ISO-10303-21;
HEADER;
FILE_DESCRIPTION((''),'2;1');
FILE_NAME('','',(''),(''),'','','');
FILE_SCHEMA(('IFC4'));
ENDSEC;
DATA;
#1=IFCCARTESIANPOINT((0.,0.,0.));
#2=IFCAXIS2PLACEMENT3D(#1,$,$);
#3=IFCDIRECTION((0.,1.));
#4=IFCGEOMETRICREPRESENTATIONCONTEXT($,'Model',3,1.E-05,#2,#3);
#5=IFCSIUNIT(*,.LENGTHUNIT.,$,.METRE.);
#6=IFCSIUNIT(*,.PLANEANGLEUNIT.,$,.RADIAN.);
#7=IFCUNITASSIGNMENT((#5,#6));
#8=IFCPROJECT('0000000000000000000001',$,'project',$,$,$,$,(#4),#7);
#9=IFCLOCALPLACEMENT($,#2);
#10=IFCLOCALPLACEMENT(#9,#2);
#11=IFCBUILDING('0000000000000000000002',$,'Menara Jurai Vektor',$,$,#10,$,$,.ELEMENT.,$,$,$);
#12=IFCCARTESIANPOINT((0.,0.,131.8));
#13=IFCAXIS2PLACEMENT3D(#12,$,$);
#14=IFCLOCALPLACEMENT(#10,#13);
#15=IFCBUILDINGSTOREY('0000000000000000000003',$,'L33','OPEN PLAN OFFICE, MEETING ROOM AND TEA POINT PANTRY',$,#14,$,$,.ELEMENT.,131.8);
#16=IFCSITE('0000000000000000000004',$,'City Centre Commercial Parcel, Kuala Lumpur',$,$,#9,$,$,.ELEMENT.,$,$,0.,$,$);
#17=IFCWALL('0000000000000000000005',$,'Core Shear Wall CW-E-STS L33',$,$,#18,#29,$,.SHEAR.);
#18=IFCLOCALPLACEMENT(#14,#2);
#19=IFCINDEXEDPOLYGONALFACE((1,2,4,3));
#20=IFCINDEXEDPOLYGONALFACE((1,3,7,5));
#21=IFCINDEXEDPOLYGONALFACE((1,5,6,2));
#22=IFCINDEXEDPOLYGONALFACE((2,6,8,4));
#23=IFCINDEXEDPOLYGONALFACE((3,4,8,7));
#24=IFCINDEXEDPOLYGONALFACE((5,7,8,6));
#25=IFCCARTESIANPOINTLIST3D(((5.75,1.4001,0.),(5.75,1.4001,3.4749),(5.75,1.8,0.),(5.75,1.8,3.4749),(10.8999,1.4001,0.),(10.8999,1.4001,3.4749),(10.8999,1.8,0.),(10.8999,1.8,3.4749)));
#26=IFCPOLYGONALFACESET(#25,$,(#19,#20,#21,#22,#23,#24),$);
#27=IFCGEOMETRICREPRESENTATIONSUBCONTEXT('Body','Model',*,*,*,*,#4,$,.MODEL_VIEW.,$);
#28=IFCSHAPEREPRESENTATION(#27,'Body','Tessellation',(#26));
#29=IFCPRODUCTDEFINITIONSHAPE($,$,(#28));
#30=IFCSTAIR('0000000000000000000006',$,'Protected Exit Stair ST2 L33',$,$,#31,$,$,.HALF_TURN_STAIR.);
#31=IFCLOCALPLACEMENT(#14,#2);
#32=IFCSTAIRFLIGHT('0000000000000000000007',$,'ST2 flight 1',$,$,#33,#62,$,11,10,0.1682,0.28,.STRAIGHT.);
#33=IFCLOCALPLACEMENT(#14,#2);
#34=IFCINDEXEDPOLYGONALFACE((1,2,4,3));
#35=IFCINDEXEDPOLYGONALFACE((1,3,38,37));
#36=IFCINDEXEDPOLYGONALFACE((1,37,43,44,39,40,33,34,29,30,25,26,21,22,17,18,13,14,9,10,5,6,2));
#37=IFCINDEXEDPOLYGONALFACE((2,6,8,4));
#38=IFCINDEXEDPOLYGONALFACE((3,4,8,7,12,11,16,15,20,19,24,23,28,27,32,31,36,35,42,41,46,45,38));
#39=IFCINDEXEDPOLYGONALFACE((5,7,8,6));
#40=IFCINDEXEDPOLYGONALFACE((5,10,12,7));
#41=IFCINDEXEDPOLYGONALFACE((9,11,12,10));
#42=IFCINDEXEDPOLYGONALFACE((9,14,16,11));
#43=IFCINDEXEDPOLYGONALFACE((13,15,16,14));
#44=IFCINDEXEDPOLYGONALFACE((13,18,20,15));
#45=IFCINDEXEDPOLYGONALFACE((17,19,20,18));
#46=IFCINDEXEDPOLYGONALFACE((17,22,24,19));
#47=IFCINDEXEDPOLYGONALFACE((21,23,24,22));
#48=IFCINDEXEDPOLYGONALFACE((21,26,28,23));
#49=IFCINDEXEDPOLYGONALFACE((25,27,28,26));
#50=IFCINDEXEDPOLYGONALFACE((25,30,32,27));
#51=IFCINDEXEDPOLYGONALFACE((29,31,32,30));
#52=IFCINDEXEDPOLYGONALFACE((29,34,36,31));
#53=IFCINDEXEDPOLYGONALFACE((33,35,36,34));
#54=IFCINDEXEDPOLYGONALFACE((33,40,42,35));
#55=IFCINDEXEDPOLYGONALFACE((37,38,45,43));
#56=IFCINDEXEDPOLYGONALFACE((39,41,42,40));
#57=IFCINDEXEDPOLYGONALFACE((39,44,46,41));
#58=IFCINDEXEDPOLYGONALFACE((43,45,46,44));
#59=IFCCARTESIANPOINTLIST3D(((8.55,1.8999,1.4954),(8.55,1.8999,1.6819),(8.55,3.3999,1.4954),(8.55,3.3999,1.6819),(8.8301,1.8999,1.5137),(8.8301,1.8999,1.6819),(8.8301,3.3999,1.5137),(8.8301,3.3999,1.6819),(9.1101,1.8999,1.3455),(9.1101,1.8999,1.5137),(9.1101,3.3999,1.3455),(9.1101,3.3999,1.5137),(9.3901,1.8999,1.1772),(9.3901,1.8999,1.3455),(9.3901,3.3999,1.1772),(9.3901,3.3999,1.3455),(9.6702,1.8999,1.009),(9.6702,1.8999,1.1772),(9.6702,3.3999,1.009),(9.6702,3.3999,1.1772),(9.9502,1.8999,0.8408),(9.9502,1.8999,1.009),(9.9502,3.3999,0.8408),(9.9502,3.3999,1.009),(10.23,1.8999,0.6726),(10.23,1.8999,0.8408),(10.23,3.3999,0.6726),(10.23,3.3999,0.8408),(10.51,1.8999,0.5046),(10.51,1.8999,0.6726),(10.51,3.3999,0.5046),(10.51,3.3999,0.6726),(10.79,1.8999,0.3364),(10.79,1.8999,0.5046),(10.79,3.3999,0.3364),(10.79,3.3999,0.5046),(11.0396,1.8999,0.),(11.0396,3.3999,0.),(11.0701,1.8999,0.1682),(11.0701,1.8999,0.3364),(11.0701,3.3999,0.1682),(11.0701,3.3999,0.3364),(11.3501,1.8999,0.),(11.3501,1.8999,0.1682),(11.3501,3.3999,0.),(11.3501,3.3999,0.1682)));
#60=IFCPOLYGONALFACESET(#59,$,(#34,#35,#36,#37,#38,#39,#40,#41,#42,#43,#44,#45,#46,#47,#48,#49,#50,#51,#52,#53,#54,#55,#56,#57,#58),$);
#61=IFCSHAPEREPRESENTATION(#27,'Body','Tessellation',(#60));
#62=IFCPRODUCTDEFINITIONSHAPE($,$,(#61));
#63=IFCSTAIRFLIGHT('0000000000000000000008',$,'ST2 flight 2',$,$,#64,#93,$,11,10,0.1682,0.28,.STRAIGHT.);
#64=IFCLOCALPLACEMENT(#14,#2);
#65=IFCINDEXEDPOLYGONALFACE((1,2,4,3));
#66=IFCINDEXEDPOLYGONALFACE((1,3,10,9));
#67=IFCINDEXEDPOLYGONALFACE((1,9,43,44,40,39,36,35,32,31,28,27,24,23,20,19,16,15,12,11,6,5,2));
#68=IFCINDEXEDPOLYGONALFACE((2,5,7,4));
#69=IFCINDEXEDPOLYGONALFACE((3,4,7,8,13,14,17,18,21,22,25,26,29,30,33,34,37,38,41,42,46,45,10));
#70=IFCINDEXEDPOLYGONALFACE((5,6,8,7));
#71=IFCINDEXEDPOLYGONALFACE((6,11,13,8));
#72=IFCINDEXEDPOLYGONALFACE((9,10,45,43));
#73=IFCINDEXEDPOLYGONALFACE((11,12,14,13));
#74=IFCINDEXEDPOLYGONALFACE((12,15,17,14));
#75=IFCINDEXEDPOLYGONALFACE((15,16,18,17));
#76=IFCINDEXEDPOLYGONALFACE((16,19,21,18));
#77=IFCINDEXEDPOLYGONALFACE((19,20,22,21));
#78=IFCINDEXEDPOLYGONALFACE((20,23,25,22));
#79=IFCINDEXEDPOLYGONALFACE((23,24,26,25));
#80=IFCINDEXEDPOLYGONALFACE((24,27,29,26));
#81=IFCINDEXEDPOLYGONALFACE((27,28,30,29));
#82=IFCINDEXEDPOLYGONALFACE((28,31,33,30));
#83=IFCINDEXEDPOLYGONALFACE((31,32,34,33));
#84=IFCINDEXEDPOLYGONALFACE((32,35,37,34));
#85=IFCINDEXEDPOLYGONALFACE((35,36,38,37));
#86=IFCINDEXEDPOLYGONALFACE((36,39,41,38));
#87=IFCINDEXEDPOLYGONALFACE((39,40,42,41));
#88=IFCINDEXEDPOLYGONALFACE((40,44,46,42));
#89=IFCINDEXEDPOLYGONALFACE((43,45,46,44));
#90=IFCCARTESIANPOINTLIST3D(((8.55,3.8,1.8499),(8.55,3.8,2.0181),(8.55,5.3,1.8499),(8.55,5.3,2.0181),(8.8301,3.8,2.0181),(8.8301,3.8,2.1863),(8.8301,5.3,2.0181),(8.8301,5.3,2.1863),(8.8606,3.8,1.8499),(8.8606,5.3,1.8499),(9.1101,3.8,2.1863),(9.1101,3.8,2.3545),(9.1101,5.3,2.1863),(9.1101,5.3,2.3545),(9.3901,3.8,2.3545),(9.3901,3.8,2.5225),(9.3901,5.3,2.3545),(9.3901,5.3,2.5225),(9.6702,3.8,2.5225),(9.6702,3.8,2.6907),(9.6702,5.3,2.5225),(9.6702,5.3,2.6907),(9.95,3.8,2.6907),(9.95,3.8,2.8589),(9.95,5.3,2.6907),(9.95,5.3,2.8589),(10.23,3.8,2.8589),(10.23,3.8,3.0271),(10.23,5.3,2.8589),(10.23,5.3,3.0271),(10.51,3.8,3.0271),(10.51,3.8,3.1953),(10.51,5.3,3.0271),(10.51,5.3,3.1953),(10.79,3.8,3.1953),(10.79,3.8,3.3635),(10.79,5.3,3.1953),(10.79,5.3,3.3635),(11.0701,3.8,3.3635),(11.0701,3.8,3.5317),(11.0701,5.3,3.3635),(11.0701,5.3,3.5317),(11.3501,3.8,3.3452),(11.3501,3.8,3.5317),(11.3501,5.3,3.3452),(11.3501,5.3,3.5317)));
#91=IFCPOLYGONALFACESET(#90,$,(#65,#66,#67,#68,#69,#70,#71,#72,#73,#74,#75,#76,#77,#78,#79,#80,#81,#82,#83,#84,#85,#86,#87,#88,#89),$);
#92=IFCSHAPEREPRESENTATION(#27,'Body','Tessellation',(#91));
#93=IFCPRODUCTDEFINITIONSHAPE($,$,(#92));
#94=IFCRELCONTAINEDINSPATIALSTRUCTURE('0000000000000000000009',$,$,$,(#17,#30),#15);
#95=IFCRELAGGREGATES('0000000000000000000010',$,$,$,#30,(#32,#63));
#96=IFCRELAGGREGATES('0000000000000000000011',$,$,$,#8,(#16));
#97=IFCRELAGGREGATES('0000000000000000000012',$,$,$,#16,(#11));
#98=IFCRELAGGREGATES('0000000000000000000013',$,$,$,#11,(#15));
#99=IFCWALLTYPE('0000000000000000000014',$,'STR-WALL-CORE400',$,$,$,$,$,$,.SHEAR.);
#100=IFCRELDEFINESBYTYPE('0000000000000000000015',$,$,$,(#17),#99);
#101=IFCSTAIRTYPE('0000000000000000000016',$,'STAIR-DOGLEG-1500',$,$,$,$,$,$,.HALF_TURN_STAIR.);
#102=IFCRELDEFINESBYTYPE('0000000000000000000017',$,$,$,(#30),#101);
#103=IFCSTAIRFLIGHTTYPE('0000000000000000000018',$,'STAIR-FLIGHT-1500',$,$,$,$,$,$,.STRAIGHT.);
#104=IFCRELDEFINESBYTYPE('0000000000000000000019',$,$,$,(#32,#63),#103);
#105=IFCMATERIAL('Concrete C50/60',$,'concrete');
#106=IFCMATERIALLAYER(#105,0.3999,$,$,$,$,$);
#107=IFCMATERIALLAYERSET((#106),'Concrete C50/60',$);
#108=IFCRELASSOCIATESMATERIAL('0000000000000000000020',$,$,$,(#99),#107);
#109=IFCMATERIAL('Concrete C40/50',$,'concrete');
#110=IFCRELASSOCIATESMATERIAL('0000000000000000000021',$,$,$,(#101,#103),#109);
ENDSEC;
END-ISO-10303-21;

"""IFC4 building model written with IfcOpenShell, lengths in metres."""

from ifc_helpers import new_model, si_unit, direction, frame, frame_2d, origin, place, context, subcontext, project, spatial, polyline, rectangle, outline, extrude, material, layer, layer_set, type_object, element, aggregate, save


model = new_model("IFC4")

# Units and contexts
model_context = context("Model", 3, precision=1e-05, world=origin(), true_north=direction((0.0, 1.0)))
body_context = subcontext(model_context, "Body", "Model", "MODEL_VIEW")
ifc_project = project(units=[si_unit("LENGTHUNIT", "METRE"), si_unit("PLANEANGLEUNIT", "RADIAN")], contexts=[model_context])

# Site, building, storey
site_placement = place(None, origin())
site = spatial("IfcSite", under=ifc_project, at=site_placement, Name="City Centre Commercial Parcel, Kuala Lumpur", CompositionType="ELEMENT", RefElevation=0.0)
building_placement = place(site_placement, origin())
building = spatial("IfcBuilding", under=site, at=building_placement, Name="Menara Jurai Vektor", CompositionType="ELEMENT")
storey_placement = place(building_placement, frame((0.0, 0.0, 131.8)))
storey = spatial("IfcBuildingStorey", under=building, at=storey_placement, Name="L33", Description="OPEN PLAN OFFICE, MEETING ROOM AND TEA POINT PANTRY", CompositionType="ELEMENT", Elevation=131.8)

# Shared definitions
ifc_material_1 = material(Name="Concrete C50/60", Category="concrete")

# Shared definitions
ifc_material_2 = material(Name="Concrete C40/50", Category="concrete")

# Wall
ifc_layer_1 = layer(ifc_material_1, 0.3999)
ifc_layer_set_1 = layer_set([ifc_layer_1], Name="Concrete C50/60")
wall_type_1 = type_object("IfcWallType", Name="STR-WALL-CORE400", PredefinedType="SHEAR", material=ifc_layer_set_1)
wall_1_placement = place(storey_placement, frame((5.75, 1.6001, 0.0), z_axis=(0.0, 0.0, 1.0), x_axis=(1.0, 0.0, 0.0)))
element("IfcWall", 1, at=wall_1_placement, inside=storey, type_object=wall_type_1, Name="Core Shear Wall CW-E-STS L33", PredefinedType="SHEAR", context=body_context, shape_type="SweptSolid", body=[
    extrude(rectangle(XDim=5.1499, YDim=0.3999, at=frame_2d((2.575, 0.0))), origin(), (0.0, 0.0, 1.0), 3.4749),
])

# Stair, stair flights
stair_type = type_object("IfcStairType", Name="STAIR-DOGLEG-1500", PredefinedType="HALF_TURN_STAIR", material=ifc_material_2)
stair_placement = place(storey_placement, origin())
stair = element("IfcStair", 2, at=stair_placement, inside=storey, type_object=stair_type, Name="Protected Exit Stair ST2 L33", PredefinedType="HALF_TURN_STAIR")
stair_flight_type = type_object("IfcStairFlightType", Name="STAIR-FLIGHT-1500", PredefinedType="STRAIGHT", material=ifc_material_2)
stair_flight_1_placement = place(storey_placement, frame((11.3501, 2.6499, 0.0), z_axis=(0.0, 0.0, 1.0), x_axis=(-1.0, 0.0, 0.0)))
stair_flight_1 = element("IfcStairFlight", 3, at=stair_flight_1_placement, type_object=stair_flight_type, Name="ST2 flight 1", NumberOfRisers=11, NumberOfTreads=10, PredefinedType="STRAIGHT", RiserHeight=0.1682, TreadLength=0.28, context=body_context, shape_type="SweptSolid", body=[
    extrude(outline(polyline([(0.0, 0.0), (0.0, 0.1682), (0.28, 0.1682), (0.28, 0.3364), (0.5601, 0.3364), (0.5601, 0.5046), (0.8401, 0.5046), (0.8401, 0.6726), (1.1201, 0.6726), (1.1201, 0.8408), (1.3999, 0.8408), (1.3999, 1.009), (1.6799, 1.009), (1.6799, 1.1772), (1.96, 1.1772), (1.96, 1.3455), (2.24, 1.3455), (2.24, 1.5137), (2.52, 1.5137), (2.52, 1.6819), (2.8, 1.6819), (2.8, 1.8501), (2.8, 1.4954), (0.3105, 0.0), (0.0, 0.0)])), frame((0.0, 0.75, 0.0), z_axis=(0.0, -1.0, 0.0), x_axis=(1.0, 0.0, 0.0)), (0.0, 0.0, 1.0), 1.5),
])
stair_flight_2_placement = place(storey_placement, frame((8.55, 4.55, 1.8499), z_axis=(0.0, 0.0, 1.0), x_axis=(1.0, 0.0, 0.0)))
stair_flight_2 = element("IfcStairFlight", 4, at=stair_flight_2_placement, type_object=stair_flight_type, Name="ST2 flight 2", NumberOfRisers=11, NumberOfTreads=10, PredefinedType="STRAIGHT", RiserHeight=0.1682, TreadLength=0.28, context=body_context, shape_type="SweptSolid", body=[
    extrude(outline(polyline([(0.0, 0.0), (0.0, 0.1682), (0.28, 0.1682), (0.28, 0.3364), (0.5601, 0.3364), (0.5601, 0.5046), (0.8401, 0.5046), (0.8401, 0.6726), (1.1201, 0.6726), (1.1201, 0.8408), (1.3999, 0.8408), (1.3999, 1.009), (1.6799, 1.009), (1.6799, 1.1772), (1.96, 1.1772), (1.96, 1.3455), (2.24, 1.3455), (2.24, 1.5137), (2.52, 1.5137), (2.52, 1.6819), (2.8, 1.6819), (2.8, 1.8501), (2.8, 1.4954), (0.3105, 0.0), (0.0, 0.0)])), frame((0.0, 0.75, 0.0), z_axis=(0.0, -1.0, 0.0), x_axis=(1.0, 0.0, 0.0)), (0.0, 0.0, 1.0), 1.5),
])
aggregate(stair, [stair_flight_1, stair_flight_2])

save(model, "model.ifc")
